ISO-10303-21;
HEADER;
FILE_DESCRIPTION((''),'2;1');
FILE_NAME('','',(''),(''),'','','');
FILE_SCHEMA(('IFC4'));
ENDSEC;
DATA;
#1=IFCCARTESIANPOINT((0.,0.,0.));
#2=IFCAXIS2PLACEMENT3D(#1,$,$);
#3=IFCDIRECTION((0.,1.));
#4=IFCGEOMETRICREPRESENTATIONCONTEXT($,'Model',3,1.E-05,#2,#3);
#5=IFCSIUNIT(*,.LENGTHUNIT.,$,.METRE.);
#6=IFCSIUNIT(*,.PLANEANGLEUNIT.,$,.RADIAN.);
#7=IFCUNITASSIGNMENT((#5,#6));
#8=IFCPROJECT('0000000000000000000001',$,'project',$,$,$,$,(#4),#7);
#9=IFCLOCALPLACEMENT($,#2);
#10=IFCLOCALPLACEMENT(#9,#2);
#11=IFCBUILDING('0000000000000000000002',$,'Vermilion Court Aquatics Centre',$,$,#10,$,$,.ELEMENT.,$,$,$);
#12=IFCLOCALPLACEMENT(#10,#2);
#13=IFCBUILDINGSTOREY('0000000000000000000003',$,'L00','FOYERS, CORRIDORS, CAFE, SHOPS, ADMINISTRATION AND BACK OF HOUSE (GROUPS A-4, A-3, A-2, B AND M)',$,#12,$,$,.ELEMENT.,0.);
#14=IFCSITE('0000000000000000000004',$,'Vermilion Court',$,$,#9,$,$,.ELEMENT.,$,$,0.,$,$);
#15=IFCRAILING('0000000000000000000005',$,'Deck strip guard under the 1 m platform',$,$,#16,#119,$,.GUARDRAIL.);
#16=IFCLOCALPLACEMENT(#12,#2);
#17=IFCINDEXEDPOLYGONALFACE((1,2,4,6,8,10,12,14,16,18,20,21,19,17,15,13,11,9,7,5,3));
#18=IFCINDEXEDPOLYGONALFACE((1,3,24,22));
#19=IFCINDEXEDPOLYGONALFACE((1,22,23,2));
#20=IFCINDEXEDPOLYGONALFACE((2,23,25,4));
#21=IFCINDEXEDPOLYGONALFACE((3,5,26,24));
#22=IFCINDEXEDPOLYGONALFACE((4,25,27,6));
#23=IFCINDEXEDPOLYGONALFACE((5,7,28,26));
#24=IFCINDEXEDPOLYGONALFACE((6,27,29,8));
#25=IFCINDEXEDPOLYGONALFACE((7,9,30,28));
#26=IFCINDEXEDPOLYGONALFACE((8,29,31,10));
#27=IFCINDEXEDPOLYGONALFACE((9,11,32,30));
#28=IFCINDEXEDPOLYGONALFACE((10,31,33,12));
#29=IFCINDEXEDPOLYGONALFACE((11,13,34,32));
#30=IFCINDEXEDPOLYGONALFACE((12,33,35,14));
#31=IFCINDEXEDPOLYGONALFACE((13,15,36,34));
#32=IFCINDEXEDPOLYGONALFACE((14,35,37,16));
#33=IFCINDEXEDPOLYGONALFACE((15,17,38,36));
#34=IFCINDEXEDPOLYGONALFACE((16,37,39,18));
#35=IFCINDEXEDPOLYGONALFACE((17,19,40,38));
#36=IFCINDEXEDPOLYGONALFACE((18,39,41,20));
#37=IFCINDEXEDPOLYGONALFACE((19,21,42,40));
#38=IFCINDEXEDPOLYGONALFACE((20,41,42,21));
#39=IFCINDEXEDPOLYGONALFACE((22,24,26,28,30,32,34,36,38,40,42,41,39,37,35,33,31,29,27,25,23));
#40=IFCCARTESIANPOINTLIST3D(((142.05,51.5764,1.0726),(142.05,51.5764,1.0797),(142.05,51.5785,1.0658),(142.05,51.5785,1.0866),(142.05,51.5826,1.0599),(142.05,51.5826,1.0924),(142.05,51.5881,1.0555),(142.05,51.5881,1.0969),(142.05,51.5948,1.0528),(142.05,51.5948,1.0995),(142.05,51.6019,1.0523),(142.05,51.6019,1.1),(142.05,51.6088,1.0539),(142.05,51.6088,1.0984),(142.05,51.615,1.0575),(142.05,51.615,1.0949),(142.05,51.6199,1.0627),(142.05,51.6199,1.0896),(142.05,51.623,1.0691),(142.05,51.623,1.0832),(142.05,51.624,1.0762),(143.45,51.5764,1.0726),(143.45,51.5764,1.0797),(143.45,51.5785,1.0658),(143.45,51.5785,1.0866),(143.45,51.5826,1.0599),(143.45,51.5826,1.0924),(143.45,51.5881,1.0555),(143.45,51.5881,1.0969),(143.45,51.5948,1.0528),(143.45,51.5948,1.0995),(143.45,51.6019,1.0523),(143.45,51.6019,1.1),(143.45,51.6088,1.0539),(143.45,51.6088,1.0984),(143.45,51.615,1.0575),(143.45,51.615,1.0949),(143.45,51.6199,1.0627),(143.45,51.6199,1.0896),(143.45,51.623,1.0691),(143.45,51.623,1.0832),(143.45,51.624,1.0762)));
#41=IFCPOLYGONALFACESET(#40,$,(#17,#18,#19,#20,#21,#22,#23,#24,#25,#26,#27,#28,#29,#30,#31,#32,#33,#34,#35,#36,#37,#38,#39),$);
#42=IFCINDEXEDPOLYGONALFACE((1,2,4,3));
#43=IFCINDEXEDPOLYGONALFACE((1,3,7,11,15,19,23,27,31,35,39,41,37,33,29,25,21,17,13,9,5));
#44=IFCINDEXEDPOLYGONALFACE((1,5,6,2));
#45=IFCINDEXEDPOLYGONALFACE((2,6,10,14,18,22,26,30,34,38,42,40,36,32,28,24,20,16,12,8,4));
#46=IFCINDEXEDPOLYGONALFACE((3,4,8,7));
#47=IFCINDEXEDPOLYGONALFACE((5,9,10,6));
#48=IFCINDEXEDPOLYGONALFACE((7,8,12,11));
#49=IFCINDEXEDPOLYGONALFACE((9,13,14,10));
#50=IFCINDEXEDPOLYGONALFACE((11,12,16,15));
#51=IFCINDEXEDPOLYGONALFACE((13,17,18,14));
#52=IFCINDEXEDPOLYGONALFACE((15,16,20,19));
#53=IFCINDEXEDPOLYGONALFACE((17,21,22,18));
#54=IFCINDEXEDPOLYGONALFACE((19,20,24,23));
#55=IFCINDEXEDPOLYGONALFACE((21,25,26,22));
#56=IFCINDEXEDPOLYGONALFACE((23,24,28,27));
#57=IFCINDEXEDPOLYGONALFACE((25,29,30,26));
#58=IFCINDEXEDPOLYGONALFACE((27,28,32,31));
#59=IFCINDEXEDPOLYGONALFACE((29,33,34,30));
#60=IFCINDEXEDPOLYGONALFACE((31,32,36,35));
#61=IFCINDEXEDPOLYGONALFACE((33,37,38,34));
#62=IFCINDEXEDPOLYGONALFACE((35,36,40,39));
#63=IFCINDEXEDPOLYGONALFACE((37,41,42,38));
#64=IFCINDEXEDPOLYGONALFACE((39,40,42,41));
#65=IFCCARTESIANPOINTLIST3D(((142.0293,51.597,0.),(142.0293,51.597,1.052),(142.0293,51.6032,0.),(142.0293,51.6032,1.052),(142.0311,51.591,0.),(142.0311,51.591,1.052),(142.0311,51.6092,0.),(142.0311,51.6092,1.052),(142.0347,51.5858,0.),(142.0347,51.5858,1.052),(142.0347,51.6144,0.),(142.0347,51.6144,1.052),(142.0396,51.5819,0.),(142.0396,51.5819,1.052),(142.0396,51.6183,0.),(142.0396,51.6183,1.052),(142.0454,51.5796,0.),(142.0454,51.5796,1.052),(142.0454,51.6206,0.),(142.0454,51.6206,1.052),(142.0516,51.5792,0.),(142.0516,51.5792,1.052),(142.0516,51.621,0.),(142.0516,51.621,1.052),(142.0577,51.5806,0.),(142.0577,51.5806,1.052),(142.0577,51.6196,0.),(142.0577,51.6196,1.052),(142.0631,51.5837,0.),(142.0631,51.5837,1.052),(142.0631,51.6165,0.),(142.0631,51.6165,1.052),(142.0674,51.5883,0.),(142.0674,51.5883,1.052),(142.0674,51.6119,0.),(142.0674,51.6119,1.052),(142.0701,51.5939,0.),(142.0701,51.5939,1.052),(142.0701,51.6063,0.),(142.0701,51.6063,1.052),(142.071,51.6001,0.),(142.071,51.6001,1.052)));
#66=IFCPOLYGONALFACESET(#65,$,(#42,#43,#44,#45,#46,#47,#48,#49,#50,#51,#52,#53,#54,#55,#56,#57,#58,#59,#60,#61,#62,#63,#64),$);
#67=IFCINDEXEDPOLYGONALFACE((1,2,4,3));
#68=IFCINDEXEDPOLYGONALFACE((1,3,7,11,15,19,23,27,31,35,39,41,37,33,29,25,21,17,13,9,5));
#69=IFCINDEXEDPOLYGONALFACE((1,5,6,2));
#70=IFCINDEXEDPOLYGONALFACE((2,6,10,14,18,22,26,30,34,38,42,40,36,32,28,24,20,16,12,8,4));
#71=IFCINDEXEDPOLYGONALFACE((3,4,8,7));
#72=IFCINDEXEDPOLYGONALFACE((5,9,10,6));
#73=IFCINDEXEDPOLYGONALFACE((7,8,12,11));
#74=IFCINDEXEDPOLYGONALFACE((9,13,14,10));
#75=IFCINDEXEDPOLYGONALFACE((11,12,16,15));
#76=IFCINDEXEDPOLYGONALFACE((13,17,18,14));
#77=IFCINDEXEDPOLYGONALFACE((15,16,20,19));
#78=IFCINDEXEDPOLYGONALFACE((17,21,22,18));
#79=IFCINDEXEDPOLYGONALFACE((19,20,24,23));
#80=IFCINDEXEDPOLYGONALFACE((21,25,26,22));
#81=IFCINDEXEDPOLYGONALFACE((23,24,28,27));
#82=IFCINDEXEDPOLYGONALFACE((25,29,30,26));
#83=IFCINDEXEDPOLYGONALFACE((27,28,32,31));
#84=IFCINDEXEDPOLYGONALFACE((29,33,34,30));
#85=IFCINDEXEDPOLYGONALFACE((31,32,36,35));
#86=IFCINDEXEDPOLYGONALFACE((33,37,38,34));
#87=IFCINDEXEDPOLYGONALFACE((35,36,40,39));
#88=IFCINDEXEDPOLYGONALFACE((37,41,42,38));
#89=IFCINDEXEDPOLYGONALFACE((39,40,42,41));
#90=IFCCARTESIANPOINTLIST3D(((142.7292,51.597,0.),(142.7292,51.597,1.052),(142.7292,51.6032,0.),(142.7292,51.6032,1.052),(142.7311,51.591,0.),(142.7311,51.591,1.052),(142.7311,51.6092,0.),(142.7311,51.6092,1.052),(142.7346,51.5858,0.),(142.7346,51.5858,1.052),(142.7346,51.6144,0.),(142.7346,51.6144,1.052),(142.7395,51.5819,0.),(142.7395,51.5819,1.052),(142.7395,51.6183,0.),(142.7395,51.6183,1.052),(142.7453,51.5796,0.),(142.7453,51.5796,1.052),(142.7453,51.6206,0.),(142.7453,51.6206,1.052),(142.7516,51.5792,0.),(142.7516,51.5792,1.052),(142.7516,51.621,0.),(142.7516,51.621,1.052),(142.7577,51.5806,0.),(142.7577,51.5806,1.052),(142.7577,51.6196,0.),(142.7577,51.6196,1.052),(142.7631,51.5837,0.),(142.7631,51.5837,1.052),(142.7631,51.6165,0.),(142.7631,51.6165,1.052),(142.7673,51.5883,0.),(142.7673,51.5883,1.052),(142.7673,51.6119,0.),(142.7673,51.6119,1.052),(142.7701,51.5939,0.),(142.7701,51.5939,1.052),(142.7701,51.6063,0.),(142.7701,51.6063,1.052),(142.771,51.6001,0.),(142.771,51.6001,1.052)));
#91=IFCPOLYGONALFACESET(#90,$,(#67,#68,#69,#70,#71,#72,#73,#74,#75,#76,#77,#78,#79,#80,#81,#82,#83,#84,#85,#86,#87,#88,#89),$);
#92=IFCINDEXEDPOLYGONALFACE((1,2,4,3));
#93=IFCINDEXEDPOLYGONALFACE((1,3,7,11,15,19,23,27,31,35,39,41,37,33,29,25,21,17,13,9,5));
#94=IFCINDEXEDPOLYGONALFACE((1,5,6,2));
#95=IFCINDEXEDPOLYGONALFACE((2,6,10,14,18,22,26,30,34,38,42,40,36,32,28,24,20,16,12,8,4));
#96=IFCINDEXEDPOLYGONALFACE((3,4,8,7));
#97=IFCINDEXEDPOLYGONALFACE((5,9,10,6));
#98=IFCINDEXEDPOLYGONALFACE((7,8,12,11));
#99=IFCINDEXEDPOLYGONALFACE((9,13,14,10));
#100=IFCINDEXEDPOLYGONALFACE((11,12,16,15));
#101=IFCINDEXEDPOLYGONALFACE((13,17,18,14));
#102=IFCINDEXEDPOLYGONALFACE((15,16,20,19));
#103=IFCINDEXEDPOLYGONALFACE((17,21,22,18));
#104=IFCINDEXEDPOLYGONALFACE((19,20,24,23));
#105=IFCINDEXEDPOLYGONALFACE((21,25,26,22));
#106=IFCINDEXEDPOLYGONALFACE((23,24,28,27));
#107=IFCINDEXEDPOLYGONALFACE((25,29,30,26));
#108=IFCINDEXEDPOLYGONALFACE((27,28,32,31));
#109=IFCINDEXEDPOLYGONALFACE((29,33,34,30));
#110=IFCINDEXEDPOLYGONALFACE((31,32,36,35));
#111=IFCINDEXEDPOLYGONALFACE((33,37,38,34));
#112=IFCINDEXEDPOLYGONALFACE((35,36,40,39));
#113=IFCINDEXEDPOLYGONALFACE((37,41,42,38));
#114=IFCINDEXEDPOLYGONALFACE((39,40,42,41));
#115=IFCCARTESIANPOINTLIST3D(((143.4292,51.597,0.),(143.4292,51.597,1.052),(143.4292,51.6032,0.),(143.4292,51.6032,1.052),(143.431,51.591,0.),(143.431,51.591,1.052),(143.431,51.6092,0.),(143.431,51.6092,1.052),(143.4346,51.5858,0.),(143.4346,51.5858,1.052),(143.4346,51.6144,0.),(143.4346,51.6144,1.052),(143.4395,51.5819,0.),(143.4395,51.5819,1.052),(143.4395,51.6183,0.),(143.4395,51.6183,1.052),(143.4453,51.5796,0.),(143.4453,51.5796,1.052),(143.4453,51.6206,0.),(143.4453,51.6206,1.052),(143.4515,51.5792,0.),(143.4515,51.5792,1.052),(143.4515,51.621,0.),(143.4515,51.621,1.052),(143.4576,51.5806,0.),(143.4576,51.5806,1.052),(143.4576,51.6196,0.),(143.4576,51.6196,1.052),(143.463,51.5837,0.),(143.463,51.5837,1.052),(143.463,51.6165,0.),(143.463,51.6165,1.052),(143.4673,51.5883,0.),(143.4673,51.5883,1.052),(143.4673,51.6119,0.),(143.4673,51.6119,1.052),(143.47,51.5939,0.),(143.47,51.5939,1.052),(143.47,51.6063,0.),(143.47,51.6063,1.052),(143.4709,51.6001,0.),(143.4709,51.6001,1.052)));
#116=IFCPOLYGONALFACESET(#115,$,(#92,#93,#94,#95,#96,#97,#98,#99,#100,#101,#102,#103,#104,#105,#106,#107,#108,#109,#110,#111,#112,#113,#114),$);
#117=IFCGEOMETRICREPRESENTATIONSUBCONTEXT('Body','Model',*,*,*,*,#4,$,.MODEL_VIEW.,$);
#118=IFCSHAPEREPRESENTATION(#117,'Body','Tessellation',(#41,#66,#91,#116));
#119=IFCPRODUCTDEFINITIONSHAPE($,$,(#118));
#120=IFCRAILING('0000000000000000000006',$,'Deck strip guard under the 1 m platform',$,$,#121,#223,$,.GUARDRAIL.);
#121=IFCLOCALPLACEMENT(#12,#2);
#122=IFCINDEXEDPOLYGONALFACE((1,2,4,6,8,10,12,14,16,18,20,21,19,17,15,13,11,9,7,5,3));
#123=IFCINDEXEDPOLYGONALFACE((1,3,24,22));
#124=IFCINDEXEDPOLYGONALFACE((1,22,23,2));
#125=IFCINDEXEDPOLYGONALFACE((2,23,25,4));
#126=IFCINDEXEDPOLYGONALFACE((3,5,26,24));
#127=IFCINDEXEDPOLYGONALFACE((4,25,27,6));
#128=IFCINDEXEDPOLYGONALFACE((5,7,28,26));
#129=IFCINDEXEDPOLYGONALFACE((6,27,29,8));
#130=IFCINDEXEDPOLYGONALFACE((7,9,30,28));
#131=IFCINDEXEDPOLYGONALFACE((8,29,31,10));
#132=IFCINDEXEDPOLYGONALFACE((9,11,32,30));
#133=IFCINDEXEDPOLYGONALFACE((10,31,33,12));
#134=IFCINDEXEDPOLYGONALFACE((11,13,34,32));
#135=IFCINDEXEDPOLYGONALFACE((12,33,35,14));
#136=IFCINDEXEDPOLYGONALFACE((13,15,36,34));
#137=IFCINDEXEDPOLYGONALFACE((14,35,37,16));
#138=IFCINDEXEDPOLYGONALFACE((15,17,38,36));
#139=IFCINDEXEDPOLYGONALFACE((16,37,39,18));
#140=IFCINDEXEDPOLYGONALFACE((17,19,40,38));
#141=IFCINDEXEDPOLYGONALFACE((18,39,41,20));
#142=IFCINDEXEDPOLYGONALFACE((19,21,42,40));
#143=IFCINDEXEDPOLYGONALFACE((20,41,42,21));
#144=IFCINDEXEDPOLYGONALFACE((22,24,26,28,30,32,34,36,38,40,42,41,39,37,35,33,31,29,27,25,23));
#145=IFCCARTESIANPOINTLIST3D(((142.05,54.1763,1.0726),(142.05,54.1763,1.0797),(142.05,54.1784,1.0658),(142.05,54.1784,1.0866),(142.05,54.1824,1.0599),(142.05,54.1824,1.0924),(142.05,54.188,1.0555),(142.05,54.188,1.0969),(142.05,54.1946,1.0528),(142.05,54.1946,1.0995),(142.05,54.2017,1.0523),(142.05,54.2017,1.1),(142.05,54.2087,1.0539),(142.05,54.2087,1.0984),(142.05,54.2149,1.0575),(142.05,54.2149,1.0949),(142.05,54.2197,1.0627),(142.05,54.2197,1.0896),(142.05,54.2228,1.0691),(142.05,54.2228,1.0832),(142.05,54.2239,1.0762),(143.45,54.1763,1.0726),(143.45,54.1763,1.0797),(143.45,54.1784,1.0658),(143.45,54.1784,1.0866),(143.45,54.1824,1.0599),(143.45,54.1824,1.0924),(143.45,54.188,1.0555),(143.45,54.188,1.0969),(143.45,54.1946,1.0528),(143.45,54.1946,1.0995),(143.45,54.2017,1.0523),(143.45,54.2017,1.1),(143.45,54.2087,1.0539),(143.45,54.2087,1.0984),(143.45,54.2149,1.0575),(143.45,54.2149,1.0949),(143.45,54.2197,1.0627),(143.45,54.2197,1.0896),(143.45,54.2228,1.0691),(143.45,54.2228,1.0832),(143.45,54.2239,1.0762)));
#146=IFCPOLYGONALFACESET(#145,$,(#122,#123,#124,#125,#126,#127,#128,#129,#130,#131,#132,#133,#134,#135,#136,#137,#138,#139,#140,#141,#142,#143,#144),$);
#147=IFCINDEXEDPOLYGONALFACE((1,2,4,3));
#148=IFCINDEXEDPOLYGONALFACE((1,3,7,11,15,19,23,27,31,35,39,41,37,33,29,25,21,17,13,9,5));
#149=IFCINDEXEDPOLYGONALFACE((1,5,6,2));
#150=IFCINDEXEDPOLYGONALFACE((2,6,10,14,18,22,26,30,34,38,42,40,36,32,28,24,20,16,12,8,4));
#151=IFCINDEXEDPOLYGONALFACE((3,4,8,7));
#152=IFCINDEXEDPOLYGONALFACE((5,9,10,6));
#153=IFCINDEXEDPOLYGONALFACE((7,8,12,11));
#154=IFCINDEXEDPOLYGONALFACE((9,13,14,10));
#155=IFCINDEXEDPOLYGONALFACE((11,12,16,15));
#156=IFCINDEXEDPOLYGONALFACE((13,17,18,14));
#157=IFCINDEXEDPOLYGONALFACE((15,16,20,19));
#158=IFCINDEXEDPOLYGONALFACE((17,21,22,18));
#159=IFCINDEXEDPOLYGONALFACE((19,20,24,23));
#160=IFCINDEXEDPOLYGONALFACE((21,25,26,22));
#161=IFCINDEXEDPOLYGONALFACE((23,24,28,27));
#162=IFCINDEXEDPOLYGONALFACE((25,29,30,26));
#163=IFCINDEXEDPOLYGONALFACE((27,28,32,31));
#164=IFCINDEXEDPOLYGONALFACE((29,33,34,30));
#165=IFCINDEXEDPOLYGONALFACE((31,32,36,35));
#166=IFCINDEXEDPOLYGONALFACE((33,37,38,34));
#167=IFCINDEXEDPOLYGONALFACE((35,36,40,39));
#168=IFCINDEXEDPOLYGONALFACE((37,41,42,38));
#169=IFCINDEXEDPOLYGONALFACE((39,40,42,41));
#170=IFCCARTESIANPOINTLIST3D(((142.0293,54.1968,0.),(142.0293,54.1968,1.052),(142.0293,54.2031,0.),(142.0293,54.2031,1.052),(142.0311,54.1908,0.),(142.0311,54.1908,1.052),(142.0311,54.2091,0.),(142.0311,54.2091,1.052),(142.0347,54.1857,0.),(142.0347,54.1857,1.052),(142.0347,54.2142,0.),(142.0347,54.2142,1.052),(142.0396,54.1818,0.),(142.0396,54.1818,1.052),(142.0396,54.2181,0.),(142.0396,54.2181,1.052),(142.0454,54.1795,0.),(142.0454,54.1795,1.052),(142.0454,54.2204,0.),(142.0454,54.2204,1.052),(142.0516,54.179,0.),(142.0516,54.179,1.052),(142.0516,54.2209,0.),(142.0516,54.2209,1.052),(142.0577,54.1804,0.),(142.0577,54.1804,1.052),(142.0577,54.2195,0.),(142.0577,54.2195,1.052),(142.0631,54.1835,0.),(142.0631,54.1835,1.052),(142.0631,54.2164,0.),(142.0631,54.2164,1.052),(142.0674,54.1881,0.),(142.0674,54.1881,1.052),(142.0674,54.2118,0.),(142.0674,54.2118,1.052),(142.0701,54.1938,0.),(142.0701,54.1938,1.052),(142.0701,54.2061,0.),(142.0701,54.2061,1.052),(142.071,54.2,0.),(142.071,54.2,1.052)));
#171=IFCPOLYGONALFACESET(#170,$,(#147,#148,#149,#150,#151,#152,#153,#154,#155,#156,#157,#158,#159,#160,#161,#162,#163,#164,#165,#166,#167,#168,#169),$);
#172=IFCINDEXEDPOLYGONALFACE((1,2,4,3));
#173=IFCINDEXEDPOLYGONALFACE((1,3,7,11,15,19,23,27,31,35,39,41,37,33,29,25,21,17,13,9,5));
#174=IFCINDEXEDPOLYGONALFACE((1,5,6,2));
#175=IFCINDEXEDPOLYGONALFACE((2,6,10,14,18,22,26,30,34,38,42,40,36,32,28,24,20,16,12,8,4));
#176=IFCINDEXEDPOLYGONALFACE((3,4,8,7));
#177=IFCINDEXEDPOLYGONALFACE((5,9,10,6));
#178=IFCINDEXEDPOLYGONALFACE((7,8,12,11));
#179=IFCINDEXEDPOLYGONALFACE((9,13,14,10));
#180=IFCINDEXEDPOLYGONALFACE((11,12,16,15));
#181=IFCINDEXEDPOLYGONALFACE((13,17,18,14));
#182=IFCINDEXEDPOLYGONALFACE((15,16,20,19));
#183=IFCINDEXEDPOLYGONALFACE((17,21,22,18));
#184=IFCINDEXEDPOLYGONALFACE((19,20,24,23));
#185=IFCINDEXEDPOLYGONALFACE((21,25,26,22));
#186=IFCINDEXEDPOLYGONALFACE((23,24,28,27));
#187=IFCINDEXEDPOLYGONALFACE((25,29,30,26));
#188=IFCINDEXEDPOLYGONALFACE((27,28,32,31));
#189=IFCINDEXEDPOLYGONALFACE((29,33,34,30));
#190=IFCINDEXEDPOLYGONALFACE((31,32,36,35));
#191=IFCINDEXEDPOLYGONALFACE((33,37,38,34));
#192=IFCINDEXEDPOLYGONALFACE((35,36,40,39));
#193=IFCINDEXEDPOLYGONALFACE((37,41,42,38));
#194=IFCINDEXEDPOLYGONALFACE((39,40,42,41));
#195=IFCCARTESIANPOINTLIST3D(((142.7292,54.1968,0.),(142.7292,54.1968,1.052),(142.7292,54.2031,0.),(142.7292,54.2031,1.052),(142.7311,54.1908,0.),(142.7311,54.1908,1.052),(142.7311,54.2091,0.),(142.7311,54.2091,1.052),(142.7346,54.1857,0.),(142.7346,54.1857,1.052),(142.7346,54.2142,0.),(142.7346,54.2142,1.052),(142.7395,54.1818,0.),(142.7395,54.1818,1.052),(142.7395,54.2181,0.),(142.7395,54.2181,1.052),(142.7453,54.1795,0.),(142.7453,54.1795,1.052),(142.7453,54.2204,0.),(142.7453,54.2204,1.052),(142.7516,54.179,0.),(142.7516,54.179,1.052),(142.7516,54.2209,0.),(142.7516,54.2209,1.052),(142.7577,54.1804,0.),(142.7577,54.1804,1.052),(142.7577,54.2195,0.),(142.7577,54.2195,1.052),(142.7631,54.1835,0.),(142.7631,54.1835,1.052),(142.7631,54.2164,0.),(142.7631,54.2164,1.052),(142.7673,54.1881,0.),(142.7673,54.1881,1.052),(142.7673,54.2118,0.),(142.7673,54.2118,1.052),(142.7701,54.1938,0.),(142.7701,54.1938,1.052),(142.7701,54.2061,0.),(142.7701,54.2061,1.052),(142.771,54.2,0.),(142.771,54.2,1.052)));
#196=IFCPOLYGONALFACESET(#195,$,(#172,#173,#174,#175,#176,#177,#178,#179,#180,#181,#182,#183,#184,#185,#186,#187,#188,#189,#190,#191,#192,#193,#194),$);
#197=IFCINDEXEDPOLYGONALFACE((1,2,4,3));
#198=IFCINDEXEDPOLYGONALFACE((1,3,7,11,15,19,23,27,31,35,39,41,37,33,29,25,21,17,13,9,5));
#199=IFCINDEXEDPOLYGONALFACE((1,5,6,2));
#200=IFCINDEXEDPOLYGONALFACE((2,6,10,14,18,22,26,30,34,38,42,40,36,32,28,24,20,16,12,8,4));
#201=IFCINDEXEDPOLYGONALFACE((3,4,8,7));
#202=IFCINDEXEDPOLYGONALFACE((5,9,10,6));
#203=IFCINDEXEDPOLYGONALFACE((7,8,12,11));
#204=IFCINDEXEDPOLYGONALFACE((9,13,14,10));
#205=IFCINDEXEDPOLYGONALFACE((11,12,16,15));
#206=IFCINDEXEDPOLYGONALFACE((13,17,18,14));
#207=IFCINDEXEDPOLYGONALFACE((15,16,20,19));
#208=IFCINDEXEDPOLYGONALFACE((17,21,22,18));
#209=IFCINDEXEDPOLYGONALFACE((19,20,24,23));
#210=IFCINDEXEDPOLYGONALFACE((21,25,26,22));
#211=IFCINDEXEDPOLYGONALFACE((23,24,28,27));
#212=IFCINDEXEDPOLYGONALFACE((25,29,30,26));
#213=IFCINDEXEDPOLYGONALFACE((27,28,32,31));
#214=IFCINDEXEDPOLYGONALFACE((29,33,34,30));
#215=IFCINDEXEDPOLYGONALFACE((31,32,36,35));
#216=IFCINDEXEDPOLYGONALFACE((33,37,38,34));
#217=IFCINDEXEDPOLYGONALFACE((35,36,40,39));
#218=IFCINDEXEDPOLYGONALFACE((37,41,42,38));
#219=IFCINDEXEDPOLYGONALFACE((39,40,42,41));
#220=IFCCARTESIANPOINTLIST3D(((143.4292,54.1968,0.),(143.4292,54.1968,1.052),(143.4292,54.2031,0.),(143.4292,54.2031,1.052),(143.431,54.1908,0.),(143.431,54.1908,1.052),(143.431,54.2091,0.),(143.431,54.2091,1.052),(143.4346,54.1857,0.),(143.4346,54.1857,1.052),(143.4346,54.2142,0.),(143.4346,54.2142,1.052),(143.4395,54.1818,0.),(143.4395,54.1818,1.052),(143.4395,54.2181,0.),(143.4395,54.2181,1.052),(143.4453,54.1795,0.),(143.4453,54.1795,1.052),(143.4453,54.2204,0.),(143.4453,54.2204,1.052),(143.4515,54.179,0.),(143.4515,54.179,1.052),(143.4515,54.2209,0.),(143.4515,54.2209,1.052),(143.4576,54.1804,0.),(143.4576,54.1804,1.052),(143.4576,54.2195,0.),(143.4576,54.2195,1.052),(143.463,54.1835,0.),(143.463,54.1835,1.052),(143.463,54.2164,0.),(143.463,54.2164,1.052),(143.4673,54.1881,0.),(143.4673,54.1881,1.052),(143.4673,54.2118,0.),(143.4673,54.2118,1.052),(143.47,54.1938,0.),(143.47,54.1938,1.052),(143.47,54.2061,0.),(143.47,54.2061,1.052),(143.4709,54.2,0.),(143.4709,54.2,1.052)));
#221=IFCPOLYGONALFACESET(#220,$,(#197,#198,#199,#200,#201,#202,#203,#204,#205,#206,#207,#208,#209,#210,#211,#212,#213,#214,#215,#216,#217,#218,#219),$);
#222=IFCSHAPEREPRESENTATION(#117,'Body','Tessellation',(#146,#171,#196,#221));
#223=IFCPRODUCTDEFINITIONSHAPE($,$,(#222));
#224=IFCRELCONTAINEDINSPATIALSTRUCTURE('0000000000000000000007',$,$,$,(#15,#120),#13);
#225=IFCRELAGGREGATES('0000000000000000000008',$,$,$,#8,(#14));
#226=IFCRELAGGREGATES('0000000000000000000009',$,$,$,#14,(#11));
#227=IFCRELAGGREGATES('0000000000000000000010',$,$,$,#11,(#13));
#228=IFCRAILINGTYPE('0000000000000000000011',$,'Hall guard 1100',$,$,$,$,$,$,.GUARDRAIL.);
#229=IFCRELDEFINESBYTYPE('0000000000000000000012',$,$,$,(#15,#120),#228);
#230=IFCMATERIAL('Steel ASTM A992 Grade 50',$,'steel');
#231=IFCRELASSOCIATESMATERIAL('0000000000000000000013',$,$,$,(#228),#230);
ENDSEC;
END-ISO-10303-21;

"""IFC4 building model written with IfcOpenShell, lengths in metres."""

from ifc_helpers import new_model, si_unit, direction, frame, origin, origin_2d, place, context, subcontext, project, spatial, circle, extrude, material, type_object, element, save


model = new_model("IFC4")

# Units and contexts
model_context = context("Model", 3, precision=1e-05, world=origin(), true_north=direction((0.0, 1.0)))
body_context = subcontext(model_context, "Body", "Model", "MODEL_VIEW")
ifc_project = project(units=[si_unit("LENGTHUNIT", "METRE"), si_unit("PLANEANGLEUNIT", "RADIAN")], contexts=[model_context])

# Site, building, storey
site_placement = place(None, origin())
site = spatial("IfcSite", under=ifc_project, at=site_placement, Name="Vermilion Court", CompositionType="ELEMENT", RefElevation=0.0)
building_placement = place(site_placement, origin())
building = spatial("IfcBuilding", under=site, at=building_placement, Name="Vermilion Court Aquatics Centre", CompositionType="ELEMENT")
storey_placement = place(building_placement, origin())
storey = spatial("IfcBuildingStorey", under=building, at=storey_placement, Name="L00", Description="FOYERS, CORRIDORS, CAFE, SHOPS, ADMINISTRATION AND BACK OF HOUSE (GROUPS A-4, A-3, A-2, B AND M)", CompositionType="ELEMENT", Elevation=0.0)

# Railings
ifc_material_1 = material(Name="Steel ASTM A992 Grade 50", Category="steel")
railing_type = type_object("IfcRailingType", Name="Hall guard 1100", PredefinedType="GUARDRAIL", material=ifc_material_1)
for number, where, name in (
    (1, (142.05, 51.6001, 0.0), "Deck strip guard under the 1 m platform"),
    (2, (142.05, 54.2, 0.0), "Deck strip guard under the 1 m platform"),
):
    element("IfcRailing", number, at=place(storey_placement, frame(where)), inside=storey, type_object=railing_type, Name=name, PredefinedType="GUARDRAIL", context=body_context, shape_type="SweptSolid", body=[
        extrude(circle(Radius=0.0239, at=origin_2d()), frame((0.0, 0.0, 1.0762), z_axis=(1.0, 0.0, 0.0), x_axis=(0.0, 1.0, 0.0)), (0.0, 0.0, 1.0), 1.3999),
        extrude(circle(Radius=0.021, at=origin_2d()), origin(), (0.0, 0.0, 1.0), 1.052),
        extrude(circle(Radius=0.021, at=origin_2d()), frame((0.7, 0.0, 0.0)), (0.0, 0.0, 1.0), 1.052),
        extrude(circle(Radius=0.021, at=origin_2d()), frame((1.3999, 0.0, 0.0)), (0.0, 0.0, 1.0), 1.052),
    ])

save(model, "model.ifc")
